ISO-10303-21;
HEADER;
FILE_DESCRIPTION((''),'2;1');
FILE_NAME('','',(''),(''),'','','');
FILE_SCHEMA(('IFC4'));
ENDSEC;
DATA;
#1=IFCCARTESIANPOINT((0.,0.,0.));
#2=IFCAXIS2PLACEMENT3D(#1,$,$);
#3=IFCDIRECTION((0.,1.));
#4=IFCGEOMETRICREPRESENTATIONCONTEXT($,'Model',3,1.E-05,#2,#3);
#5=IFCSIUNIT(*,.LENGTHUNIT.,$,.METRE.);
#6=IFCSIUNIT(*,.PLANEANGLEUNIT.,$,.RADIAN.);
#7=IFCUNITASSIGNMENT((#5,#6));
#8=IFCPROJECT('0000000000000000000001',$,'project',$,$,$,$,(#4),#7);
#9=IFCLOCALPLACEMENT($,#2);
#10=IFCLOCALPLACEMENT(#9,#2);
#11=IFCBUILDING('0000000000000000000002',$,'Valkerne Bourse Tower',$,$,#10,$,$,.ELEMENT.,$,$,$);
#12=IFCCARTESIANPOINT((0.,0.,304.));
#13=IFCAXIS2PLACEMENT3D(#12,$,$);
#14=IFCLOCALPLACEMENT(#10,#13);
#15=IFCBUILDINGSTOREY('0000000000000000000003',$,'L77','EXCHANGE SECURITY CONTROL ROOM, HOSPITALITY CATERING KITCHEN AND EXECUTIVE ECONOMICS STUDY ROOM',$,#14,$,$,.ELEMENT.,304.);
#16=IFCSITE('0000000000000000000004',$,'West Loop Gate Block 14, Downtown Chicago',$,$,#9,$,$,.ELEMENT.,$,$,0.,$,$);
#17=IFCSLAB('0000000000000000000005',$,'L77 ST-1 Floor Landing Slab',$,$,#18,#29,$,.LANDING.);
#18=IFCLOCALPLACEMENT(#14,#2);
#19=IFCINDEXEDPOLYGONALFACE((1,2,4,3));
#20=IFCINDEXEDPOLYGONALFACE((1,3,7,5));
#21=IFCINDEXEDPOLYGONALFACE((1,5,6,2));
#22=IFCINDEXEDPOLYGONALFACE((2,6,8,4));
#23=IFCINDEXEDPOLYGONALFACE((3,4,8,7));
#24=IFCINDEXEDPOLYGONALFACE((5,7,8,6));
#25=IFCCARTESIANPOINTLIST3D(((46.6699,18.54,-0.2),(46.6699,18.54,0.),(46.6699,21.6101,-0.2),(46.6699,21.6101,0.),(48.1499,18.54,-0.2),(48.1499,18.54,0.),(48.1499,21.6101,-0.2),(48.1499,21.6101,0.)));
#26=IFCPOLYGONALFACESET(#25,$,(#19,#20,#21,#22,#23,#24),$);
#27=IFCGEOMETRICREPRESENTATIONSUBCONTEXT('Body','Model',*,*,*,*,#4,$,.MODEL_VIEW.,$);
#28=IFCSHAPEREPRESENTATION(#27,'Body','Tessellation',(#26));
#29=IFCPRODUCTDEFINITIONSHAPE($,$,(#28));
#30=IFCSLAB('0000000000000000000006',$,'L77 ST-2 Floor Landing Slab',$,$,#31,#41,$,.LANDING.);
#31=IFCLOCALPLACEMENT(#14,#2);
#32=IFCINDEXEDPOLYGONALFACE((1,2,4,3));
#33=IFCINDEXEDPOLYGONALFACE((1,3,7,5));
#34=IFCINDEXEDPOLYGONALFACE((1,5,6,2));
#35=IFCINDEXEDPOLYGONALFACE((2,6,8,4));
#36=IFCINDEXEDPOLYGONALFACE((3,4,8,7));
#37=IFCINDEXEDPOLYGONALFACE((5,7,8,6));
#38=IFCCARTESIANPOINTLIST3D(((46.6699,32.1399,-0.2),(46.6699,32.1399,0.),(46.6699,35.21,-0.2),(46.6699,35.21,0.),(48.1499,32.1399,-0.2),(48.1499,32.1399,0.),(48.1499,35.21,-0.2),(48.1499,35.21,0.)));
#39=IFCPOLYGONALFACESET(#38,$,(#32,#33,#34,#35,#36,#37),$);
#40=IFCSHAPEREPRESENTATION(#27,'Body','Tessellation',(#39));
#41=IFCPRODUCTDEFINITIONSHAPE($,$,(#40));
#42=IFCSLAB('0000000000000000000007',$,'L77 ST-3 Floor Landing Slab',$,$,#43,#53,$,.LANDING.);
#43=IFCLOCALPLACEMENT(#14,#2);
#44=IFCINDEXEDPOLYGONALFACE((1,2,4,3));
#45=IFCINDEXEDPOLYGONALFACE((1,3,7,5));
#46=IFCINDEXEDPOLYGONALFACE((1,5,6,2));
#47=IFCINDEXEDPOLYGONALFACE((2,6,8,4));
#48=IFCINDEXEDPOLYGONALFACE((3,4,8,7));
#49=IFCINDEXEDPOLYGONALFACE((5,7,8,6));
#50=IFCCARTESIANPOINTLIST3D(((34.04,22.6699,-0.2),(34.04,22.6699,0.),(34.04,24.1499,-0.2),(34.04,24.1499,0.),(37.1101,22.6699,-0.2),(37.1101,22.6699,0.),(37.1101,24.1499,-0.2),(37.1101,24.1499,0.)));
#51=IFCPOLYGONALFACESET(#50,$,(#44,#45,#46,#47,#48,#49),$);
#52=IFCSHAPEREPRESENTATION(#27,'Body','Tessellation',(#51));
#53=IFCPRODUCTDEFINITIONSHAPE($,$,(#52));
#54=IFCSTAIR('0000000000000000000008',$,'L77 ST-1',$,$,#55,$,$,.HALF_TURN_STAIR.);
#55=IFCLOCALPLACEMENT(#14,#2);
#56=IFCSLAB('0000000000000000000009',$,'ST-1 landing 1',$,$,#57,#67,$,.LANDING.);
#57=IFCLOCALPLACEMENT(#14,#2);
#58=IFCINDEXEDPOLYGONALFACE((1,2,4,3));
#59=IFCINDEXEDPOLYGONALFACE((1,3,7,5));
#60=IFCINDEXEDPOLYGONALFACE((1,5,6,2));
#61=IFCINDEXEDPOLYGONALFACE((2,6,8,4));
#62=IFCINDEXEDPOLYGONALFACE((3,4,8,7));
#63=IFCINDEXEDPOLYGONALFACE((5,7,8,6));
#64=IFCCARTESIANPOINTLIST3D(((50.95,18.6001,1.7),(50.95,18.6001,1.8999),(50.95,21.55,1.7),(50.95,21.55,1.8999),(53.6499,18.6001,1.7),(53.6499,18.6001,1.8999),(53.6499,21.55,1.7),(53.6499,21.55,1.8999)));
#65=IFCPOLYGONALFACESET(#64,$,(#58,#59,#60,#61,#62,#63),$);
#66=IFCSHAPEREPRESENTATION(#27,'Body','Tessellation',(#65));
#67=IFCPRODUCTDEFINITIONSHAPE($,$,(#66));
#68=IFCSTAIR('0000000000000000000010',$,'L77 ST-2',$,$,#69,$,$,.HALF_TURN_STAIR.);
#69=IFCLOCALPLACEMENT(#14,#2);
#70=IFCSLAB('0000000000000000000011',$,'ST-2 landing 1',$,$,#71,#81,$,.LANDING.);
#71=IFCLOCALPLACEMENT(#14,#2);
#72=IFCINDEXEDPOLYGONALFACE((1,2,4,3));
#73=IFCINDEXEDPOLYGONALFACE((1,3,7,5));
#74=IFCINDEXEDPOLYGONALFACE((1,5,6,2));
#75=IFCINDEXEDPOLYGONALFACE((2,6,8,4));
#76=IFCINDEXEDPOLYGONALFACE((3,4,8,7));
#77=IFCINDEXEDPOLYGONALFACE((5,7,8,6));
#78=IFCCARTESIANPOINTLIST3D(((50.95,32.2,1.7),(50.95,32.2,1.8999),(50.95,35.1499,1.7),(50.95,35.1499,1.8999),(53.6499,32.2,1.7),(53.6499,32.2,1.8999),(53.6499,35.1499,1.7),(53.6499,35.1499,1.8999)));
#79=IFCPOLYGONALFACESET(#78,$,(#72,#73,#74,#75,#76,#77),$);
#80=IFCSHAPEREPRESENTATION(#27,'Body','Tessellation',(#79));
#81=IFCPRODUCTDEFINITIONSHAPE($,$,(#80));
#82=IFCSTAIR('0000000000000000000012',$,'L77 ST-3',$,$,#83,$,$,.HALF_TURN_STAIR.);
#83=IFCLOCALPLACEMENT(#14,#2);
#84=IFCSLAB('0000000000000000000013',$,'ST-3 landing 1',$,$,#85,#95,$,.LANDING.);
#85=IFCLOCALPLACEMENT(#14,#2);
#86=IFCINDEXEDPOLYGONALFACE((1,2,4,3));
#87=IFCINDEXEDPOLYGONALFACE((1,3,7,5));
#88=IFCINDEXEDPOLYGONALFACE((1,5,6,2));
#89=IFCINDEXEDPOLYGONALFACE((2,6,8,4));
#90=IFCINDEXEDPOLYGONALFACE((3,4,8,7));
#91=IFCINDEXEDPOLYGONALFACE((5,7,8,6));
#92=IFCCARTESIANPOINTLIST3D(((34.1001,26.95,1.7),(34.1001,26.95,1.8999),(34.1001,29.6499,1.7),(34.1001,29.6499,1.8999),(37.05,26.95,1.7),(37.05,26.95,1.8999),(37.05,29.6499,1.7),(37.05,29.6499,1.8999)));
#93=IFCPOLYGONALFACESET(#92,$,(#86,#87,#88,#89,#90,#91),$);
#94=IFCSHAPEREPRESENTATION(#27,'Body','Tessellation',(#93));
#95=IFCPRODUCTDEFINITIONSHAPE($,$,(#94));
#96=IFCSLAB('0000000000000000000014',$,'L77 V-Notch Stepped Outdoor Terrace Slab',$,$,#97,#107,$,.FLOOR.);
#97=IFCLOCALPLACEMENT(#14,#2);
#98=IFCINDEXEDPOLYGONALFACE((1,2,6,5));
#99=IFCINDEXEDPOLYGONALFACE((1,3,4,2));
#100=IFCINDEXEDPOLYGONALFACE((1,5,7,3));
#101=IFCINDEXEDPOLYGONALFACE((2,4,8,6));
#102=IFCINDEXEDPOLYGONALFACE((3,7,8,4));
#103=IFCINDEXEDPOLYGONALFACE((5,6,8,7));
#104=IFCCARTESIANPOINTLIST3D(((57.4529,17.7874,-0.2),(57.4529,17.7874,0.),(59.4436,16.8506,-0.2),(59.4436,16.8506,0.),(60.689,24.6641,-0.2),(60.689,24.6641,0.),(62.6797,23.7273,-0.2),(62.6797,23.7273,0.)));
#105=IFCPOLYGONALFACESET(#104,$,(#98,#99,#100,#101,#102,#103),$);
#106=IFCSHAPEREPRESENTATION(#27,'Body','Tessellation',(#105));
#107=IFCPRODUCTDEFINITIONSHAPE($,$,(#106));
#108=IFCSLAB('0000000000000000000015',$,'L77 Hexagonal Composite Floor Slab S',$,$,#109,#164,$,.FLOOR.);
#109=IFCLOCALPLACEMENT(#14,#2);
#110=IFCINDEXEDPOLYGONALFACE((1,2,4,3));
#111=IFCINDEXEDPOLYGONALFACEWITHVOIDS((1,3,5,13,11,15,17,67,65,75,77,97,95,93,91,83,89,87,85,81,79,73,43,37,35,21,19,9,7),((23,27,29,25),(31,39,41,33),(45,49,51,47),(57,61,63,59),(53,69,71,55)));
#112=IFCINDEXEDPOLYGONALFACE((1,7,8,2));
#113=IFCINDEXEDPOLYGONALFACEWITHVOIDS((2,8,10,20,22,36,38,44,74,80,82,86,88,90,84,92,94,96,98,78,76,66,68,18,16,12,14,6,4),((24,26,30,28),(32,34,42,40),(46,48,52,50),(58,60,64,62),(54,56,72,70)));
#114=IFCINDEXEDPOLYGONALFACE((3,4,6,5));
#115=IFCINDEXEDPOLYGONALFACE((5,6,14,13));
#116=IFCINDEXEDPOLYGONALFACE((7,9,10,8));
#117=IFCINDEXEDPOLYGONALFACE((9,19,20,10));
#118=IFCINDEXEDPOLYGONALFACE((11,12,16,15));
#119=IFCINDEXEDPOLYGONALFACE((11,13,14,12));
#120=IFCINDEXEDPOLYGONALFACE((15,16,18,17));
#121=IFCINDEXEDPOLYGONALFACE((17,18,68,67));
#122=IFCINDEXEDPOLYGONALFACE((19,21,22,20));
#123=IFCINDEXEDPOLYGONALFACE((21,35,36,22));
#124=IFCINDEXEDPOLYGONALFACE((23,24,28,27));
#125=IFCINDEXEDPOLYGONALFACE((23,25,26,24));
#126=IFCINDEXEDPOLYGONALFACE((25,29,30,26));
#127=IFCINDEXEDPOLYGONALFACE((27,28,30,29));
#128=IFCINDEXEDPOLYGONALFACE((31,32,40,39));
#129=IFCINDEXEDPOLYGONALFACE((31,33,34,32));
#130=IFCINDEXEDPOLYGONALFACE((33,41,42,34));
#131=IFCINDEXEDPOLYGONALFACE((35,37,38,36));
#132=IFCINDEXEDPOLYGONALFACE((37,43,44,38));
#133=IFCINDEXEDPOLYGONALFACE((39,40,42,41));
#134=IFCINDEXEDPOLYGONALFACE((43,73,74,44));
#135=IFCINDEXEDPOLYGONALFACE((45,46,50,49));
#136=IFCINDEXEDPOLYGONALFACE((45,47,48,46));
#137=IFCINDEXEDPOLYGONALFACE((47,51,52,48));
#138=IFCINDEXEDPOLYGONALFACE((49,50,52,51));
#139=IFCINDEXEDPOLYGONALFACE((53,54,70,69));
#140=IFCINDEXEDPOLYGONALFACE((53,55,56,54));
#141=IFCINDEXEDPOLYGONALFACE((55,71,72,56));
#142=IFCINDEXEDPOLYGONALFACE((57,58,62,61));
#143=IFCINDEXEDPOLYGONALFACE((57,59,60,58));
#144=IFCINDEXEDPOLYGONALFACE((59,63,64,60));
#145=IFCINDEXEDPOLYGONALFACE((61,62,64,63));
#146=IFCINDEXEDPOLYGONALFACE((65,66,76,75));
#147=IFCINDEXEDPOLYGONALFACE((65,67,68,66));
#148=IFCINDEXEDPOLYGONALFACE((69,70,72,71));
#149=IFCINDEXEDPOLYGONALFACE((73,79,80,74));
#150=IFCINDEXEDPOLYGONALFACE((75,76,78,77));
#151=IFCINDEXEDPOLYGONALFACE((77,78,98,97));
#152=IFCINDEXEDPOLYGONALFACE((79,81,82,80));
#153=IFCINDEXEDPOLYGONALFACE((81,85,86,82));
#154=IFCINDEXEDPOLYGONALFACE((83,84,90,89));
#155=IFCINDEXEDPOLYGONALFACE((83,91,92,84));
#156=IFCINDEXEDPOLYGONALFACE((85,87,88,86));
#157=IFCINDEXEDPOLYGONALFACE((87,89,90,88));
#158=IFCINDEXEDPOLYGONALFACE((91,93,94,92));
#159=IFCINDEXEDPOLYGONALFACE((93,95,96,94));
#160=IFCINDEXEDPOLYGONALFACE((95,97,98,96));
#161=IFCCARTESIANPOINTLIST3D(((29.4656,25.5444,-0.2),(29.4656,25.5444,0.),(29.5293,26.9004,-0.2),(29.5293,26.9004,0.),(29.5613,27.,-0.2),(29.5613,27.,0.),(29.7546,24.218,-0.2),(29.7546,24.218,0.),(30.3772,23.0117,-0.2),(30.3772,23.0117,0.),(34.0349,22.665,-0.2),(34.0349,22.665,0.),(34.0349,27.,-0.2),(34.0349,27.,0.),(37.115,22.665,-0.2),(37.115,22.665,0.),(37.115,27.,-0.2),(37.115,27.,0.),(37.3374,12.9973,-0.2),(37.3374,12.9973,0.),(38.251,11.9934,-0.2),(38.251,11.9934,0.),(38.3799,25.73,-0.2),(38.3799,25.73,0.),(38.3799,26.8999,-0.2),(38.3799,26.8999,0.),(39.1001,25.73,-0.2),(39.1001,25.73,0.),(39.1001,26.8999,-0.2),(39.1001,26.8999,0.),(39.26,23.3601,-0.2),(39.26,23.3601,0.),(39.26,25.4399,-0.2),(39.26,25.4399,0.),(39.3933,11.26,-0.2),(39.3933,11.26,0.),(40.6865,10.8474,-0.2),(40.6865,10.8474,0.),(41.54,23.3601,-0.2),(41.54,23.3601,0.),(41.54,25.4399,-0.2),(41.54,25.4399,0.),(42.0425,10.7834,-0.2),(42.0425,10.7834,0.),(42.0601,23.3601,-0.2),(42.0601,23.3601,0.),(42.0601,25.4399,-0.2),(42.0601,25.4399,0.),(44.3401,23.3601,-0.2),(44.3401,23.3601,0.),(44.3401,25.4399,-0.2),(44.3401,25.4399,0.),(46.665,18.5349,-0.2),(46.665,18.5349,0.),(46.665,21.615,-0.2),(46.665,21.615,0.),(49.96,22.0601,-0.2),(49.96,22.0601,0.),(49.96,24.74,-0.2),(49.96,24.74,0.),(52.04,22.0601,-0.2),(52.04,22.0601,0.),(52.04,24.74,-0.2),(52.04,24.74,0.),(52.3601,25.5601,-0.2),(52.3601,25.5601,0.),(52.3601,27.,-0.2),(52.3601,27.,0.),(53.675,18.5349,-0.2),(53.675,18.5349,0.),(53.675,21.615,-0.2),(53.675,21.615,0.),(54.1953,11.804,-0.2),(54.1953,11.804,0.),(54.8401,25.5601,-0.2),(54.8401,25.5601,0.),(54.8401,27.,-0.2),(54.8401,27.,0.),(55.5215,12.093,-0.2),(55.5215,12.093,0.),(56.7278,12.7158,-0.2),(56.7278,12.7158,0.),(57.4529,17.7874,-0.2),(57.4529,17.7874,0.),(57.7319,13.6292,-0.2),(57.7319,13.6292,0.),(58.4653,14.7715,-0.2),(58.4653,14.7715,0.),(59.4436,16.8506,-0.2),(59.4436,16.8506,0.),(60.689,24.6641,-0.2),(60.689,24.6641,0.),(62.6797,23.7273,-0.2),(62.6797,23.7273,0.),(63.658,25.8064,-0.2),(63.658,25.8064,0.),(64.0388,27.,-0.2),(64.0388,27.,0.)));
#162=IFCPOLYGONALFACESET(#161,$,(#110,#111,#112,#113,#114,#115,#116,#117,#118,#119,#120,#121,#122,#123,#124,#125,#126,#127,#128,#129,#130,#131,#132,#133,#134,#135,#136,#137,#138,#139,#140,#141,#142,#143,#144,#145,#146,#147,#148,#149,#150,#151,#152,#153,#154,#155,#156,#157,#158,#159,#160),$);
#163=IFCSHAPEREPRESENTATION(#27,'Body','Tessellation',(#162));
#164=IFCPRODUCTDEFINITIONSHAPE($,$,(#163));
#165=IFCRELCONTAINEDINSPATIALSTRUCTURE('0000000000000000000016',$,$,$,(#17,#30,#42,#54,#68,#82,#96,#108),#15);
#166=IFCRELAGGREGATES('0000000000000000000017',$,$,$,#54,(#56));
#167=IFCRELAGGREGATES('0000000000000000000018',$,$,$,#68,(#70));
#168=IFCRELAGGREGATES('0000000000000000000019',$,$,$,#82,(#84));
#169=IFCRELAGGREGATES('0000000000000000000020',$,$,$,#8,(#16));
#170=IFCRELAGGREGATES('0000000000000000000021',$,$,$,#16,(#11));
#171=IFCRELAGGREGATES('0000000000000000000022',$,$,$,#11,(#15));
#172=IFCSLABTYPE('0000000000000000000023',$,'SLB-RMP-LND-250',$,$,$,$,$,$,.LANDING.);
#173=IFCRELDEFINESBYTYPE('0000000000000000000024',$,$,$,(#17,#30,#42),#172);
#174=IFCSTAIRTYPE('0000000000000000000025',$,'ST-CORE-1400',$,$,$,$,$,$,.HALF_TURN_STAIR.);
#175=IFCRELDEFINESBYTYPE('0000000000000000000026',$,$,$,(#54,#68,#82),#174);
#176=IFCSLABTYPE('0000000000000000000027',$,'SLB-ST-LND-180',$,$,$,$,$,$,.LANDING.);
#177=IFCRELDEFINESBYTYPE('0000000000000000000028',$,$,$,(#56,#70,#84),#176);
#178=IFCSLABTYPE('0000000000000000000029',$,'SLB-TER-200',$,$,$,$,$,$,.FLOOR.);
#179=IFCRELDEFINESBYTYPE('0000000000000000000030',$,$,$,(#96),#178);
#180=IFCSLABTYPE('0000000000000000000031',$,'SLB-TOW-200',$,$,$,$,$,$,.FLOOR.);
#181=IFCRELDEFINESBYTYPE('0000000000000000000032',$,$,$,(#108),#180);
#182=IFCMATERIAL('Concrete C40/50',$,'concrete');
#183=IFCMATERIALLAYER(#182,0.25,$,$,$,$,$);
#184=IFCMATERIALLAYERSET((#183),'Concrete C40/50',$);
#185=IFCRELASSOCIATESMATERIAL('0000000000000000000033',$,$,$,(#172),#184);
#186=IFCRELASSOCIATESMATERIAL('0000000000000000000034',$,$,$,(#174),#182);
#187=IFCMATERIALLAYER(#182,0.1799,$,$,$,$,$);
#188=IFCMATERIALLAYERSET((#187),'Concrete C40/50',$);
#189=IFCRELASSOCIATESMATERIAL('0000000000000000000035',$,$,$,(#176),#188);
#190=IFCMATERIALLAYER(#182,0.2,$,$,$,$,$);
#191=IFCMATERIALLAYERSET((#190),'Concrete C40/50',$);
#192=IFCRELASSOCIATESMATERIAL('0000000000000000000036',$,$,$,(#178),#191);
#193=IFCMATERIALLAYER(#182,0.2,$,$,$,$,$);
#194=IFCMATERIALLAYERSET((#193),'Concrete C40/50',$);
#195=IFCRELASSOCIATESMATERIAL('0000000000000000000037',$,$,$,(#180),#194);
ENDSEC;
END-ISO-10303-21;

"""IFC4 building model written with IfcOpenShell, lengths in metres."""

from ifc_helpers import new_model, si_unit, direction, frame, origin, place, context, subcontext, project, spatial, polyline, outline, extrude, material, layer, layer_set, type_object, element, aggregate, save


model = new_model("IFC4")

# Units and contexts
model_context = context("Model", 3, precision=1e-05, world=origin(), true_north=direction((0.0, 1.0)))
body_context = subcontext(model_context, "Body", "Model", "MODEL_VIEW")
ifc_project = project(units=[si_unit("LENGTHUNIT", "METRE"), si_unit("PLANEANGLEUNIT", "RADIAN")], contexts=[model_context])

# Site, building, storey
site_placement = place(None, origin())
site = spatial("IfcSite", under=ifc_project, at=site_placement, Name="West Loop Gate Block 14, Downtown Chicago", CompositionType="ELEMENT", RefElevation=0.0)
building_placement = place(site_placement, origin())
building = spatial("IfcBuilding", under=site, at=building_placement, Name="Valkerne Bourse Tower", CompositionType="ELEMENT")
storey_placement = place(building_placement, frame((0.0, 0.0, 304.0)))
storey = spatial("IfcBuildingStorey", under=building, at=storey_placement, Name="L77", Description="EXCHANGE SECURITY CONTROL ROOM, HOSPITALITY CATERING KITCHEN AND EXECUTIVE ECONOMICS STUDY ROOM", CompositionType="ELEMENT", Elevation=304.0)

# Slabs
ifc_material_1 = material(Name="Concrete C40/50", Category="concrete")
ifc_layer_1 = layer(ifc_material_1, 0.25)
ifc_layer_set_1 = layer_set([ifc_layer_1], Name="Concrete C40/50")
slab_type_1 = type_object("IfcSlabType", Name="SLB-RMP-LND-250", PredefinedType="LANDING", material=ifc_layer_set_1)
slab_1_placement = place(storey_placement, frame((0.0, 0.0, -0.2)))
element("IfcSlab", 1, at=slab_1_placement, inside=storey, type_object=slab_type_1, Name="L77 ST-1 Floor Landing Slab", PredefinedType="LANDING", context=body_context, shape_type="SweptSolid", body=[
    extrude(outline(polyline([(46.6699, 18.54), (48.1499, 18.54), (48.1499, 21.6101), (46.6699, 21.6101), (46.6699, 18.54)])), origin(), (0.0, 0.0, 1.0), 0.2),
])
slab_2_placement = place(storey_placement, frame((0.0, 0.0, -0.2)))
element("IfcSlab", 2, at=slab_2_placement, inside=storey, type_object=slab_type_1, Name="L77 ST-2 Floor Landing Slab", PredefinedType="LANDING", context=body_context, shape_type="SweptSolid", body=[
    extrude(outline(polyline([(46.6699, 32.1399), (48.1499, 32.1399), (48.1499, 35.21), (46.6699, 35.21), (46.6699, 32.1399)])), origin(), (0.0, 0.0, 1.0), 0.2),
])
slab_3_placement = place(storey_placement, frame((0.0, 0.0, -0.2)))
element("IfcSlab", 3, at=slab_3_placement, inside=storey, type_object=slab_type_1, Name="L77 ST-3 Floor Landing Slab", PredefinedType="LANDING", context=body_context, shape_type="SweptSolid", body=[
    extrude(outline(polyline([(37.1101, 22.6699), (37.1101, 24.1499), (34.04, 24.1499), (34.04, 22.6699), (37.1101, 22.6699)])), origin(), (0.0, 0.0, 1.0), 0.2),
])

# Stairs, slabs
stair_type = type_object("IfcStairType", Name="ST-CORE-1400", PredefinedType="HALF_TURN_STAIR", material=ifc_material_1)
stair_1_placement = place(storey_placement, origin())
stair_1 = element("IfcStair", 4, at=stair_1_placement, inside=storey, type_object=stair_type, Name="L77 ST-1", PredefinedType="HALF_TURN_STAIR")
ifc_layer_2 = layer(ifc_material_1, 0.1799)
ifc_layer_set_2 = layer_set([ifc_layer_2], Name="Concrete C40/50")
slab_type_2 = type_object("IfcSlabType", Name="SLB-ST-LND-180", PredefinedType="LANDING", material=ifc_layer_set_2)
slab_4_placement = place(storey_placement, frame((0.0, 0.0, 1.7)))
slab_4 = element("IfcSlab", 5, at=slab_4_placement, type_object=slab_type_2, Name="ST-1 landing 1", PredefinedType="LANDING", context=body_context, shape_type="SweptSolid", body=[
    extrude(outline(polyline([(50.95, 18.6001), (53.6499, 18.6001), (53.6499, 21.55), (50.95, 21.55), (50.95, 18.6001)])), origin(), (0.0, 0.0, 1.0), 0.2),
])
aggregate(stair_1, [slab_4])
stair_2_placement = place(storey_placement, origin())
stair_2 = element("IfcStair", 6, at=stair_2_placement, inside=storey, type_object=stair_type, Name="L77 ST-2", PredefinedType="HALF_TURN_STAIR")
slab_5_placement = place(storey_placement, frame((0.0, 0.0, 1.7)))
slab_5 = element("IfcSlab", 7, at=slab_5_placement, type_object=slab_type_2, Name="ST-2 landing 1", PredefinedType="LANDING", context=body_context, shape_type="SweptSolid", body=[
    extrude(outline(polyline([(50.95, 32.2), (53.6499, 32.2), (53.6499, 35.1499), (50.95, 35.1499), (50.95, 32.2)])), origin(), (0.0, 0.0, 1.0), 0.2),
])
aggregate(stair_2, [slab_5])
stair_3_placement = place(storey_placement, origin())
stair_3 = element("IfcStair", 8, at=stair_3_placement, inside=storey, type_object=stair_type, Name="L77 ST-3", PredefinedType="HALF_TURN_STAIR")
slab_6_placement = place(storey_placement, frame((0.0, 0.0, 1.7)))
slab_6 = element("IfcSlab", 9, at=slab_6_placement, type_object=slab_type_2, Name="ST-3 landing 1", PredefinedType="LANDING", context=body_context, shape_type="SweptSolid", body=[
    extrude(outline(polyline([(37.05, 26.95), (37.05, 29.6499), (34.1001, 29.6499), (34.1001, 26.95), (37.05, 26.95)])), origin(), (0.0, 0.0, 1.0), 0.2),
])
aggregate(stair_3, [slab_6])

# Slabs
ifc_layer_3 = layer(ifc_material_1, 0.2)
ifc_layer_set_3 = layer_set([ifc_layer_3], Name="Concrete C40/50")
slab_type_3 = type_object("IfcSlabType", Name="SLB-TER-200", PredefinedType="FLOOR", material=ifc_layer_set_3)
slab_7_placement = place(storey_placement, frame((0.0, 0.0, -0.2)))
element("IfcSlab", 10, at=slab_7_placement, inside=storey, type_object=slab_type_3, Name="L77 V-Notch Stepped Outdoor Terrace Slab", PredefinedType="FLOOR", context=body_context, shape_type="SweptSolid", body=[
    extrude(outline(polyline([(59.4436, 16.8506), (57.4529, 17.7874), (60.689, 24.6641), (62.6797, 23.7273), (59.4436, 16.8506)])), origin(), (0.0, 0.0, 1.0), 0.2),
])
ifc_layer_4 = layer(ifc_material_1, 0.2)
ifc_layer_set_4 = layer_set([ifc_layer_4], Name="Concrete C40/50")
slab_type_4 = type_object("IfcSlabType", Name="SLB-TOW-200", PredefinedType="FLOOR", material=ifc_layer_set_4)
slab_8_placement = place(storey_placement, frame((0.0, 0.0, -0.2)))
element("IfcSlab", 11, at=slab_8_placement, inside=storey, type_object=slab_type_4, Name="L77 Hexagonal Composite Floor Slab S", PredefinedType="FLOOR", context=body_context, shape_type="SweptSolid", body=[
    extrude(outline(polyline([(56.7278, 12.7158), (55.5215, 12.093), (54.1953, 11.804), (42.0425, 10.7834), (40.6865, 10.8474), (39.3933, 11.26), (38.251, 11.9934), (37.3374, 12.9973), (30.3772, 23.0117), (29.7546, 24.218), (29.4656, 25.5444), (29.5293, 26.9004), (29.5613, 27.0), (34.0349, 27.0), (34.0349, 22.665), (37.115, 22.665), (37.115, 27.0), (52.3601, 27.0), (52.3601, 25.5601), (54.8401, 25.5601), (54.8401, 27.0), (64.0388, 27.0), (63.658, 25.8064), (62.6797, 23.7273), (60.689, 24.6641), (57.4529, 17.7874), (59.4436, 16.8506), (58.4653, 14.7715), (57.7319, 13.6292), (56.7278, 12.7158)]), holes=[polyline([(39.26, 25.4399), (39.26, 23.3601), (41.54, 23.3601), (41.54, 25.4399), (39.26, 25.4399)]), polyline([(44.3401, 25.4399), (42.0601, 25.4399), (42.0601, 23.3601), (44.3401, 23.3601), (44.3401, 25.4399)]), polyline([(38.3799, 26.8999), (38.3799, 25.73), (39.1001, 25.73), (39.1001, 26.8999), (38.3799, 26.8999)]), polyline([(46.665, 21.615), (46.665, 18.5349), (53.675, 18.5349), (53.675, 21.615), (46.665, 21.615)]), polyline([(52.04, 24.74), (49.96, 24.74), (49.96, 22.0601), (52.04, 22.0601), (52.04, 24.74)])]), origin(), (0.0, 0.0, 1.0), 0.2),
])

save(model, "model.ifc")
